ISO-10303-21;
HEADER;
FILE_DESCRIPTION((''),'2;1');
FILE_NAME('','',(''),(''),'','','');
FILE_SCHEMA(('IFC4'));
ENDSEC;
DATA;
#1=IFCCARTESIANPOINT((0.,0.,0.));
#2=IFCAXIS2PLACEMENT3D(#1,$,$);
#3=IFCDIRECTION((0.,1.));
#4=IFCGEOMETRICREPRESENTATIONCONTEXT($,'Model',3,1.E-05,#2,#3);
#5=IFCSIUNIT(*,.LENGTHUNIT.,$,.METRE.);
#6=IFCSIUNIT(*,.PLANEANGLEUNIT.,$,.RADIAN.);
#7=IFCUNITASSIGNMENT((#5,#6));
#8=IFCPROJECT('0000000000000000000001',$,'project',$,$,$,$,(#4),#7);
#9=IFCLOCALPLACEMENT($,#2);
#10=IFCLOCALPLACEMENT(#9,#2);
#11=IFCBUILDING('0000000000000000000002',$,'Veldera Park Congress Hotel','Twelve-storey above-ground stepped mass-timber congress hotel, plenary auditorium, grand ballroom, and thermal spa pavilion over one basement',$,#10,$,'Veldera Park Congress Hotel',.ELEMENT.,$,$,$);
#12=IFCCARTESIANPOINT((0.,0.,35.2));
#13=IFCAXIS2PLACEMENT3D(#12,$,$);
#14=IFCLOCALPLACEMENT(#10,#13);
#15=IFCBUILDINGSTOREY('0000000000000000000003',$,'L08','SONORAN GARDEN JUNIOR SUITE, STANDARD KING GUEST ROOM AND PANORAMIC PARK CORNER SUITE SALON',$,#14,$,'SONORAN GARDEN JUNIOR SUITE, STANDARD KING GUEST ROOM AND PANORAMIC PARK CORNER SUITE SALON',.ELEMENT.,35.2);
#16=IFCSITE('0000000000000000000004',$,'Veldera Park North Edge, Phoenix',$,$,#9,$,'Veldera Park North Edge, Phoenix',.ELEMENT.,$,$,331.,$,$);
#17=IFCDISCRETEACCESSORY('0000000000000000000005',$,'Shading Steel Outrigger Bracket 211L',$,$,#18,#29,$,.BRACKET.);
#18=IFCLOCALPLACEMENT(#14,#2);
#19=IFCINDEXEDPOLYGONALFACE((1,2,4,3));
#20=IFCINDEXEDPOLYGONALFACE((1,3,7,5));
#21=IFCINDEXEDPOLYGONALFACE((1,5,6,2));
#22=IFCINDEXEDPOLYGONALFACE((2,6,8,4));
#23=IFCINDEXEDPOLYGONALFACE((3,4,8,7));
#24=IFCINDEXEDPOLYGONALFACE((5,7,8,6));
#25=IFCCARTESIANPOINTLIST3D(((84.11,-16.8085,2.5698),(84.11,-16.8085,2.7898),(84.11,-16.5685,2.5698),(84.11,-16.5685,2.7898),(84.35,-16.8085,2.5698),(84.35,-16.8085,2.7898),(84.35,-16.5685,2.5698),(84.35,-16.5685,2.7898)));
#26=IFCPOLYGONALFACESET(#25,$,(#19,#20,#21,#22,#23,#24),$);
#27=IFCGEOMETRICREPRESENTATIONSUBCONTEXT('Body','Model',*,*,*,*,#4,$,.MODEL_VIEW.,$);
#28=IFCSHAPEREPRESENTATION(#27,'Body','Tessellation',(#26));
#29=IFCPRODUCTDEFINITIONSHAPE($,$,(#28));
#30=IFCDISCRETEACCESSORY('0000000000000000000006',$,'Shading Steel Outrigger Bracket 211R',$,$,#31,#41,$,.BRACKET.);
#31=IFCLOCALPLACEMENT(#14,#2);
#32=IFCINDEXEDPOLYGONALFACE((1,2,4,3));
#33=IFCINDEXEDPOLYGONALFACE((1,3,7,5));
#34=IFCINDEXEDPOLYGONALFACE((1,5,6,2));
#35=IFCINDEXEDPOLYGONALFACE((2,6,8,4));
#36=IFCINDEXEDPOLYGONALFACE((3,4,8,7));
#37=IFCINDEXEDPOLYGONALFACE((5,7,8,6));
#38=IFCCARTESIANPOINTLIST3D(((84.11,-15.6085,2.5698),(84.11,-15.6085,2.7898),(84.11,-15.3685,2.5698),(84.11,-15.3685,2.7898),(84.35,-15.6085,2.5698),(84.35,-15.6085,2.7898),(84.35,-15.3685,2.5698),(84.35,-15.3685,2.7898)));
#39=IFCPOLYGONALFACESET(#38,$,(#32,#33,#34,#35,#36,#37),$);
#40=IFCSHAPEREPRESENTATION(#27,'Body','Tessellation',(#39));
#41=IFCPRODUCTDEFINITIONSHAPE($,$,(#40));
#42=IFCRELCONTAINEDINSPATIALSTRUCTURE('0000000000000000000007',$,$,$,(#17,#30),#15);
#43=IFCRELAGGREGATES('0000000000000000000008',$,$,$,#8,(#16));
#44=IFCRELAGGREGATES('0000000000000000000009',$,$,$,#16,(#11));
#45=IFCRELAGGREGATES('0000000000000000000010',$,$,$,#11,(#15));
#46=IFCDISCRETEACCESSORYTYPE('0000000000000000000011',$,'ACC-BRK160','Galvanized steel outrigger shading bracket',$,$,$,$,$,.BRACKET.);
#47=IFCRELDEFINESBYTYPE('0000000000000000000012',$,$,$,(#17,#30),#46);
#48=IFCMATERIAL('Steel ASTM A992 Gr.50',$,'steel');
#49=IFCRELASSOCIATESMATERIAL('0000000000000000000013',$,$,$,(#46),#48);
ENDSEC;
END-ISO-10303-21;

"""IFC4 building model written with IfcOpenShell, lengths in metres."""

from ifc_helpers import new_model, si_unit, direction, frame, origin, origin_2d, place, context, subcontext, project, spatial, rectangle, extrude, material, type_object, element, save


model = new_model("IFC4")

# Units and contexts
model_context = context("Model", 3, precision=1e-05, world=origin(), true_north=direction((0.0, 1.0)))
body_context = subcontext(model_context, "Body", "Model", "MODEL_VIEW")
ifc_project = project(units=[si_unit("LENGTHUNIT", "METRE"), si_unit("PLANEANGLEUNIT", "RADIAN")], contexts=[model_context])

# Site, building, storey
site_placement = place(None, origin())
site = spatial("IfcSite", under=ifc_project, at=site_placement, Name="Veldera Park North Edge, Phoenix", LongName="Veldera Park North Edge, Phoenix", CompositionType="ELEMENT", RefElevation=331.0)
building_placement = place(site_placement, origin())
building = spatial("IfcBuilding", under=site, at=building_placement, Name="Veldera Park Congress Hotel", Description="Twelve-storey above-ground stepped mass-timber congress hotel, plenary auditorium, grand ballroom, and thermal spa pavilion over one basement", LongName="Veldera Park Congress Hotel", CompositionType="ELEMENT")
storey_placement = place(building_placement, frame((0.0, 0.0, 35.2)))
storey = spatial("IfcBuildingStorey", under=building, at=storey_placement, Name="L08", Description="SONORAN GARDEN JUNIOR SUITE, STANDARD KING GUEST ROOM AND PANORAMIC PARK CORNER SUITE SALON", LongName="SONORAN GARDEN JUNIOR SUITE, STANDARD KING GUEST ROOM AND PANORAMIC PARK CORNER SUITE SALON", CompositionType="ELEMENT", Elevation=35.2)

# Shared definitions
ifc_material_1 = material(Name="Steel ASTM A992 Gr.50", Category="steel")

# Discrete accessories
discrete_accessory_type = type_object("IfcDiscreteAccessoryType", Name="ACC-BRK160", Description="Galvanized steel outrigger shading bracket", PredefinedType="BRACKET", material=ifc_material_1)
for number, where, z_axis, x_axis, name in (
    (1, (84.23, -16.6885, 2.5698), (0.0, 0.0, 1.0), (0.0, 1.0, 0.0), "Shading Steel Outrigger Bracket 211L"),
    (2, (84.23, -15.4885, 2.5698), (0.0, 0.0, 1.0), (0.0, 1.0, 0.0), "Shading Steel Outrigger Bracket 211R"),
):
    element("IfcDiscreteAccessory", number, at=place(storey_placement, frame(where, z_axis=z_axis, x_axis=x_axis)), inside=storey, type_object=discrete_accessory_type, Name=name, PredefinedType="BRACKET", context=body_context, shape_type="SweptSolid", body=[
        extrude(rectangle(XDim=0.24, YDim=0.24, at=origin_2d()), origin(), (0.0, 0.0, 1.0), 0.22),
    ])

save(model, "model.ifc")
